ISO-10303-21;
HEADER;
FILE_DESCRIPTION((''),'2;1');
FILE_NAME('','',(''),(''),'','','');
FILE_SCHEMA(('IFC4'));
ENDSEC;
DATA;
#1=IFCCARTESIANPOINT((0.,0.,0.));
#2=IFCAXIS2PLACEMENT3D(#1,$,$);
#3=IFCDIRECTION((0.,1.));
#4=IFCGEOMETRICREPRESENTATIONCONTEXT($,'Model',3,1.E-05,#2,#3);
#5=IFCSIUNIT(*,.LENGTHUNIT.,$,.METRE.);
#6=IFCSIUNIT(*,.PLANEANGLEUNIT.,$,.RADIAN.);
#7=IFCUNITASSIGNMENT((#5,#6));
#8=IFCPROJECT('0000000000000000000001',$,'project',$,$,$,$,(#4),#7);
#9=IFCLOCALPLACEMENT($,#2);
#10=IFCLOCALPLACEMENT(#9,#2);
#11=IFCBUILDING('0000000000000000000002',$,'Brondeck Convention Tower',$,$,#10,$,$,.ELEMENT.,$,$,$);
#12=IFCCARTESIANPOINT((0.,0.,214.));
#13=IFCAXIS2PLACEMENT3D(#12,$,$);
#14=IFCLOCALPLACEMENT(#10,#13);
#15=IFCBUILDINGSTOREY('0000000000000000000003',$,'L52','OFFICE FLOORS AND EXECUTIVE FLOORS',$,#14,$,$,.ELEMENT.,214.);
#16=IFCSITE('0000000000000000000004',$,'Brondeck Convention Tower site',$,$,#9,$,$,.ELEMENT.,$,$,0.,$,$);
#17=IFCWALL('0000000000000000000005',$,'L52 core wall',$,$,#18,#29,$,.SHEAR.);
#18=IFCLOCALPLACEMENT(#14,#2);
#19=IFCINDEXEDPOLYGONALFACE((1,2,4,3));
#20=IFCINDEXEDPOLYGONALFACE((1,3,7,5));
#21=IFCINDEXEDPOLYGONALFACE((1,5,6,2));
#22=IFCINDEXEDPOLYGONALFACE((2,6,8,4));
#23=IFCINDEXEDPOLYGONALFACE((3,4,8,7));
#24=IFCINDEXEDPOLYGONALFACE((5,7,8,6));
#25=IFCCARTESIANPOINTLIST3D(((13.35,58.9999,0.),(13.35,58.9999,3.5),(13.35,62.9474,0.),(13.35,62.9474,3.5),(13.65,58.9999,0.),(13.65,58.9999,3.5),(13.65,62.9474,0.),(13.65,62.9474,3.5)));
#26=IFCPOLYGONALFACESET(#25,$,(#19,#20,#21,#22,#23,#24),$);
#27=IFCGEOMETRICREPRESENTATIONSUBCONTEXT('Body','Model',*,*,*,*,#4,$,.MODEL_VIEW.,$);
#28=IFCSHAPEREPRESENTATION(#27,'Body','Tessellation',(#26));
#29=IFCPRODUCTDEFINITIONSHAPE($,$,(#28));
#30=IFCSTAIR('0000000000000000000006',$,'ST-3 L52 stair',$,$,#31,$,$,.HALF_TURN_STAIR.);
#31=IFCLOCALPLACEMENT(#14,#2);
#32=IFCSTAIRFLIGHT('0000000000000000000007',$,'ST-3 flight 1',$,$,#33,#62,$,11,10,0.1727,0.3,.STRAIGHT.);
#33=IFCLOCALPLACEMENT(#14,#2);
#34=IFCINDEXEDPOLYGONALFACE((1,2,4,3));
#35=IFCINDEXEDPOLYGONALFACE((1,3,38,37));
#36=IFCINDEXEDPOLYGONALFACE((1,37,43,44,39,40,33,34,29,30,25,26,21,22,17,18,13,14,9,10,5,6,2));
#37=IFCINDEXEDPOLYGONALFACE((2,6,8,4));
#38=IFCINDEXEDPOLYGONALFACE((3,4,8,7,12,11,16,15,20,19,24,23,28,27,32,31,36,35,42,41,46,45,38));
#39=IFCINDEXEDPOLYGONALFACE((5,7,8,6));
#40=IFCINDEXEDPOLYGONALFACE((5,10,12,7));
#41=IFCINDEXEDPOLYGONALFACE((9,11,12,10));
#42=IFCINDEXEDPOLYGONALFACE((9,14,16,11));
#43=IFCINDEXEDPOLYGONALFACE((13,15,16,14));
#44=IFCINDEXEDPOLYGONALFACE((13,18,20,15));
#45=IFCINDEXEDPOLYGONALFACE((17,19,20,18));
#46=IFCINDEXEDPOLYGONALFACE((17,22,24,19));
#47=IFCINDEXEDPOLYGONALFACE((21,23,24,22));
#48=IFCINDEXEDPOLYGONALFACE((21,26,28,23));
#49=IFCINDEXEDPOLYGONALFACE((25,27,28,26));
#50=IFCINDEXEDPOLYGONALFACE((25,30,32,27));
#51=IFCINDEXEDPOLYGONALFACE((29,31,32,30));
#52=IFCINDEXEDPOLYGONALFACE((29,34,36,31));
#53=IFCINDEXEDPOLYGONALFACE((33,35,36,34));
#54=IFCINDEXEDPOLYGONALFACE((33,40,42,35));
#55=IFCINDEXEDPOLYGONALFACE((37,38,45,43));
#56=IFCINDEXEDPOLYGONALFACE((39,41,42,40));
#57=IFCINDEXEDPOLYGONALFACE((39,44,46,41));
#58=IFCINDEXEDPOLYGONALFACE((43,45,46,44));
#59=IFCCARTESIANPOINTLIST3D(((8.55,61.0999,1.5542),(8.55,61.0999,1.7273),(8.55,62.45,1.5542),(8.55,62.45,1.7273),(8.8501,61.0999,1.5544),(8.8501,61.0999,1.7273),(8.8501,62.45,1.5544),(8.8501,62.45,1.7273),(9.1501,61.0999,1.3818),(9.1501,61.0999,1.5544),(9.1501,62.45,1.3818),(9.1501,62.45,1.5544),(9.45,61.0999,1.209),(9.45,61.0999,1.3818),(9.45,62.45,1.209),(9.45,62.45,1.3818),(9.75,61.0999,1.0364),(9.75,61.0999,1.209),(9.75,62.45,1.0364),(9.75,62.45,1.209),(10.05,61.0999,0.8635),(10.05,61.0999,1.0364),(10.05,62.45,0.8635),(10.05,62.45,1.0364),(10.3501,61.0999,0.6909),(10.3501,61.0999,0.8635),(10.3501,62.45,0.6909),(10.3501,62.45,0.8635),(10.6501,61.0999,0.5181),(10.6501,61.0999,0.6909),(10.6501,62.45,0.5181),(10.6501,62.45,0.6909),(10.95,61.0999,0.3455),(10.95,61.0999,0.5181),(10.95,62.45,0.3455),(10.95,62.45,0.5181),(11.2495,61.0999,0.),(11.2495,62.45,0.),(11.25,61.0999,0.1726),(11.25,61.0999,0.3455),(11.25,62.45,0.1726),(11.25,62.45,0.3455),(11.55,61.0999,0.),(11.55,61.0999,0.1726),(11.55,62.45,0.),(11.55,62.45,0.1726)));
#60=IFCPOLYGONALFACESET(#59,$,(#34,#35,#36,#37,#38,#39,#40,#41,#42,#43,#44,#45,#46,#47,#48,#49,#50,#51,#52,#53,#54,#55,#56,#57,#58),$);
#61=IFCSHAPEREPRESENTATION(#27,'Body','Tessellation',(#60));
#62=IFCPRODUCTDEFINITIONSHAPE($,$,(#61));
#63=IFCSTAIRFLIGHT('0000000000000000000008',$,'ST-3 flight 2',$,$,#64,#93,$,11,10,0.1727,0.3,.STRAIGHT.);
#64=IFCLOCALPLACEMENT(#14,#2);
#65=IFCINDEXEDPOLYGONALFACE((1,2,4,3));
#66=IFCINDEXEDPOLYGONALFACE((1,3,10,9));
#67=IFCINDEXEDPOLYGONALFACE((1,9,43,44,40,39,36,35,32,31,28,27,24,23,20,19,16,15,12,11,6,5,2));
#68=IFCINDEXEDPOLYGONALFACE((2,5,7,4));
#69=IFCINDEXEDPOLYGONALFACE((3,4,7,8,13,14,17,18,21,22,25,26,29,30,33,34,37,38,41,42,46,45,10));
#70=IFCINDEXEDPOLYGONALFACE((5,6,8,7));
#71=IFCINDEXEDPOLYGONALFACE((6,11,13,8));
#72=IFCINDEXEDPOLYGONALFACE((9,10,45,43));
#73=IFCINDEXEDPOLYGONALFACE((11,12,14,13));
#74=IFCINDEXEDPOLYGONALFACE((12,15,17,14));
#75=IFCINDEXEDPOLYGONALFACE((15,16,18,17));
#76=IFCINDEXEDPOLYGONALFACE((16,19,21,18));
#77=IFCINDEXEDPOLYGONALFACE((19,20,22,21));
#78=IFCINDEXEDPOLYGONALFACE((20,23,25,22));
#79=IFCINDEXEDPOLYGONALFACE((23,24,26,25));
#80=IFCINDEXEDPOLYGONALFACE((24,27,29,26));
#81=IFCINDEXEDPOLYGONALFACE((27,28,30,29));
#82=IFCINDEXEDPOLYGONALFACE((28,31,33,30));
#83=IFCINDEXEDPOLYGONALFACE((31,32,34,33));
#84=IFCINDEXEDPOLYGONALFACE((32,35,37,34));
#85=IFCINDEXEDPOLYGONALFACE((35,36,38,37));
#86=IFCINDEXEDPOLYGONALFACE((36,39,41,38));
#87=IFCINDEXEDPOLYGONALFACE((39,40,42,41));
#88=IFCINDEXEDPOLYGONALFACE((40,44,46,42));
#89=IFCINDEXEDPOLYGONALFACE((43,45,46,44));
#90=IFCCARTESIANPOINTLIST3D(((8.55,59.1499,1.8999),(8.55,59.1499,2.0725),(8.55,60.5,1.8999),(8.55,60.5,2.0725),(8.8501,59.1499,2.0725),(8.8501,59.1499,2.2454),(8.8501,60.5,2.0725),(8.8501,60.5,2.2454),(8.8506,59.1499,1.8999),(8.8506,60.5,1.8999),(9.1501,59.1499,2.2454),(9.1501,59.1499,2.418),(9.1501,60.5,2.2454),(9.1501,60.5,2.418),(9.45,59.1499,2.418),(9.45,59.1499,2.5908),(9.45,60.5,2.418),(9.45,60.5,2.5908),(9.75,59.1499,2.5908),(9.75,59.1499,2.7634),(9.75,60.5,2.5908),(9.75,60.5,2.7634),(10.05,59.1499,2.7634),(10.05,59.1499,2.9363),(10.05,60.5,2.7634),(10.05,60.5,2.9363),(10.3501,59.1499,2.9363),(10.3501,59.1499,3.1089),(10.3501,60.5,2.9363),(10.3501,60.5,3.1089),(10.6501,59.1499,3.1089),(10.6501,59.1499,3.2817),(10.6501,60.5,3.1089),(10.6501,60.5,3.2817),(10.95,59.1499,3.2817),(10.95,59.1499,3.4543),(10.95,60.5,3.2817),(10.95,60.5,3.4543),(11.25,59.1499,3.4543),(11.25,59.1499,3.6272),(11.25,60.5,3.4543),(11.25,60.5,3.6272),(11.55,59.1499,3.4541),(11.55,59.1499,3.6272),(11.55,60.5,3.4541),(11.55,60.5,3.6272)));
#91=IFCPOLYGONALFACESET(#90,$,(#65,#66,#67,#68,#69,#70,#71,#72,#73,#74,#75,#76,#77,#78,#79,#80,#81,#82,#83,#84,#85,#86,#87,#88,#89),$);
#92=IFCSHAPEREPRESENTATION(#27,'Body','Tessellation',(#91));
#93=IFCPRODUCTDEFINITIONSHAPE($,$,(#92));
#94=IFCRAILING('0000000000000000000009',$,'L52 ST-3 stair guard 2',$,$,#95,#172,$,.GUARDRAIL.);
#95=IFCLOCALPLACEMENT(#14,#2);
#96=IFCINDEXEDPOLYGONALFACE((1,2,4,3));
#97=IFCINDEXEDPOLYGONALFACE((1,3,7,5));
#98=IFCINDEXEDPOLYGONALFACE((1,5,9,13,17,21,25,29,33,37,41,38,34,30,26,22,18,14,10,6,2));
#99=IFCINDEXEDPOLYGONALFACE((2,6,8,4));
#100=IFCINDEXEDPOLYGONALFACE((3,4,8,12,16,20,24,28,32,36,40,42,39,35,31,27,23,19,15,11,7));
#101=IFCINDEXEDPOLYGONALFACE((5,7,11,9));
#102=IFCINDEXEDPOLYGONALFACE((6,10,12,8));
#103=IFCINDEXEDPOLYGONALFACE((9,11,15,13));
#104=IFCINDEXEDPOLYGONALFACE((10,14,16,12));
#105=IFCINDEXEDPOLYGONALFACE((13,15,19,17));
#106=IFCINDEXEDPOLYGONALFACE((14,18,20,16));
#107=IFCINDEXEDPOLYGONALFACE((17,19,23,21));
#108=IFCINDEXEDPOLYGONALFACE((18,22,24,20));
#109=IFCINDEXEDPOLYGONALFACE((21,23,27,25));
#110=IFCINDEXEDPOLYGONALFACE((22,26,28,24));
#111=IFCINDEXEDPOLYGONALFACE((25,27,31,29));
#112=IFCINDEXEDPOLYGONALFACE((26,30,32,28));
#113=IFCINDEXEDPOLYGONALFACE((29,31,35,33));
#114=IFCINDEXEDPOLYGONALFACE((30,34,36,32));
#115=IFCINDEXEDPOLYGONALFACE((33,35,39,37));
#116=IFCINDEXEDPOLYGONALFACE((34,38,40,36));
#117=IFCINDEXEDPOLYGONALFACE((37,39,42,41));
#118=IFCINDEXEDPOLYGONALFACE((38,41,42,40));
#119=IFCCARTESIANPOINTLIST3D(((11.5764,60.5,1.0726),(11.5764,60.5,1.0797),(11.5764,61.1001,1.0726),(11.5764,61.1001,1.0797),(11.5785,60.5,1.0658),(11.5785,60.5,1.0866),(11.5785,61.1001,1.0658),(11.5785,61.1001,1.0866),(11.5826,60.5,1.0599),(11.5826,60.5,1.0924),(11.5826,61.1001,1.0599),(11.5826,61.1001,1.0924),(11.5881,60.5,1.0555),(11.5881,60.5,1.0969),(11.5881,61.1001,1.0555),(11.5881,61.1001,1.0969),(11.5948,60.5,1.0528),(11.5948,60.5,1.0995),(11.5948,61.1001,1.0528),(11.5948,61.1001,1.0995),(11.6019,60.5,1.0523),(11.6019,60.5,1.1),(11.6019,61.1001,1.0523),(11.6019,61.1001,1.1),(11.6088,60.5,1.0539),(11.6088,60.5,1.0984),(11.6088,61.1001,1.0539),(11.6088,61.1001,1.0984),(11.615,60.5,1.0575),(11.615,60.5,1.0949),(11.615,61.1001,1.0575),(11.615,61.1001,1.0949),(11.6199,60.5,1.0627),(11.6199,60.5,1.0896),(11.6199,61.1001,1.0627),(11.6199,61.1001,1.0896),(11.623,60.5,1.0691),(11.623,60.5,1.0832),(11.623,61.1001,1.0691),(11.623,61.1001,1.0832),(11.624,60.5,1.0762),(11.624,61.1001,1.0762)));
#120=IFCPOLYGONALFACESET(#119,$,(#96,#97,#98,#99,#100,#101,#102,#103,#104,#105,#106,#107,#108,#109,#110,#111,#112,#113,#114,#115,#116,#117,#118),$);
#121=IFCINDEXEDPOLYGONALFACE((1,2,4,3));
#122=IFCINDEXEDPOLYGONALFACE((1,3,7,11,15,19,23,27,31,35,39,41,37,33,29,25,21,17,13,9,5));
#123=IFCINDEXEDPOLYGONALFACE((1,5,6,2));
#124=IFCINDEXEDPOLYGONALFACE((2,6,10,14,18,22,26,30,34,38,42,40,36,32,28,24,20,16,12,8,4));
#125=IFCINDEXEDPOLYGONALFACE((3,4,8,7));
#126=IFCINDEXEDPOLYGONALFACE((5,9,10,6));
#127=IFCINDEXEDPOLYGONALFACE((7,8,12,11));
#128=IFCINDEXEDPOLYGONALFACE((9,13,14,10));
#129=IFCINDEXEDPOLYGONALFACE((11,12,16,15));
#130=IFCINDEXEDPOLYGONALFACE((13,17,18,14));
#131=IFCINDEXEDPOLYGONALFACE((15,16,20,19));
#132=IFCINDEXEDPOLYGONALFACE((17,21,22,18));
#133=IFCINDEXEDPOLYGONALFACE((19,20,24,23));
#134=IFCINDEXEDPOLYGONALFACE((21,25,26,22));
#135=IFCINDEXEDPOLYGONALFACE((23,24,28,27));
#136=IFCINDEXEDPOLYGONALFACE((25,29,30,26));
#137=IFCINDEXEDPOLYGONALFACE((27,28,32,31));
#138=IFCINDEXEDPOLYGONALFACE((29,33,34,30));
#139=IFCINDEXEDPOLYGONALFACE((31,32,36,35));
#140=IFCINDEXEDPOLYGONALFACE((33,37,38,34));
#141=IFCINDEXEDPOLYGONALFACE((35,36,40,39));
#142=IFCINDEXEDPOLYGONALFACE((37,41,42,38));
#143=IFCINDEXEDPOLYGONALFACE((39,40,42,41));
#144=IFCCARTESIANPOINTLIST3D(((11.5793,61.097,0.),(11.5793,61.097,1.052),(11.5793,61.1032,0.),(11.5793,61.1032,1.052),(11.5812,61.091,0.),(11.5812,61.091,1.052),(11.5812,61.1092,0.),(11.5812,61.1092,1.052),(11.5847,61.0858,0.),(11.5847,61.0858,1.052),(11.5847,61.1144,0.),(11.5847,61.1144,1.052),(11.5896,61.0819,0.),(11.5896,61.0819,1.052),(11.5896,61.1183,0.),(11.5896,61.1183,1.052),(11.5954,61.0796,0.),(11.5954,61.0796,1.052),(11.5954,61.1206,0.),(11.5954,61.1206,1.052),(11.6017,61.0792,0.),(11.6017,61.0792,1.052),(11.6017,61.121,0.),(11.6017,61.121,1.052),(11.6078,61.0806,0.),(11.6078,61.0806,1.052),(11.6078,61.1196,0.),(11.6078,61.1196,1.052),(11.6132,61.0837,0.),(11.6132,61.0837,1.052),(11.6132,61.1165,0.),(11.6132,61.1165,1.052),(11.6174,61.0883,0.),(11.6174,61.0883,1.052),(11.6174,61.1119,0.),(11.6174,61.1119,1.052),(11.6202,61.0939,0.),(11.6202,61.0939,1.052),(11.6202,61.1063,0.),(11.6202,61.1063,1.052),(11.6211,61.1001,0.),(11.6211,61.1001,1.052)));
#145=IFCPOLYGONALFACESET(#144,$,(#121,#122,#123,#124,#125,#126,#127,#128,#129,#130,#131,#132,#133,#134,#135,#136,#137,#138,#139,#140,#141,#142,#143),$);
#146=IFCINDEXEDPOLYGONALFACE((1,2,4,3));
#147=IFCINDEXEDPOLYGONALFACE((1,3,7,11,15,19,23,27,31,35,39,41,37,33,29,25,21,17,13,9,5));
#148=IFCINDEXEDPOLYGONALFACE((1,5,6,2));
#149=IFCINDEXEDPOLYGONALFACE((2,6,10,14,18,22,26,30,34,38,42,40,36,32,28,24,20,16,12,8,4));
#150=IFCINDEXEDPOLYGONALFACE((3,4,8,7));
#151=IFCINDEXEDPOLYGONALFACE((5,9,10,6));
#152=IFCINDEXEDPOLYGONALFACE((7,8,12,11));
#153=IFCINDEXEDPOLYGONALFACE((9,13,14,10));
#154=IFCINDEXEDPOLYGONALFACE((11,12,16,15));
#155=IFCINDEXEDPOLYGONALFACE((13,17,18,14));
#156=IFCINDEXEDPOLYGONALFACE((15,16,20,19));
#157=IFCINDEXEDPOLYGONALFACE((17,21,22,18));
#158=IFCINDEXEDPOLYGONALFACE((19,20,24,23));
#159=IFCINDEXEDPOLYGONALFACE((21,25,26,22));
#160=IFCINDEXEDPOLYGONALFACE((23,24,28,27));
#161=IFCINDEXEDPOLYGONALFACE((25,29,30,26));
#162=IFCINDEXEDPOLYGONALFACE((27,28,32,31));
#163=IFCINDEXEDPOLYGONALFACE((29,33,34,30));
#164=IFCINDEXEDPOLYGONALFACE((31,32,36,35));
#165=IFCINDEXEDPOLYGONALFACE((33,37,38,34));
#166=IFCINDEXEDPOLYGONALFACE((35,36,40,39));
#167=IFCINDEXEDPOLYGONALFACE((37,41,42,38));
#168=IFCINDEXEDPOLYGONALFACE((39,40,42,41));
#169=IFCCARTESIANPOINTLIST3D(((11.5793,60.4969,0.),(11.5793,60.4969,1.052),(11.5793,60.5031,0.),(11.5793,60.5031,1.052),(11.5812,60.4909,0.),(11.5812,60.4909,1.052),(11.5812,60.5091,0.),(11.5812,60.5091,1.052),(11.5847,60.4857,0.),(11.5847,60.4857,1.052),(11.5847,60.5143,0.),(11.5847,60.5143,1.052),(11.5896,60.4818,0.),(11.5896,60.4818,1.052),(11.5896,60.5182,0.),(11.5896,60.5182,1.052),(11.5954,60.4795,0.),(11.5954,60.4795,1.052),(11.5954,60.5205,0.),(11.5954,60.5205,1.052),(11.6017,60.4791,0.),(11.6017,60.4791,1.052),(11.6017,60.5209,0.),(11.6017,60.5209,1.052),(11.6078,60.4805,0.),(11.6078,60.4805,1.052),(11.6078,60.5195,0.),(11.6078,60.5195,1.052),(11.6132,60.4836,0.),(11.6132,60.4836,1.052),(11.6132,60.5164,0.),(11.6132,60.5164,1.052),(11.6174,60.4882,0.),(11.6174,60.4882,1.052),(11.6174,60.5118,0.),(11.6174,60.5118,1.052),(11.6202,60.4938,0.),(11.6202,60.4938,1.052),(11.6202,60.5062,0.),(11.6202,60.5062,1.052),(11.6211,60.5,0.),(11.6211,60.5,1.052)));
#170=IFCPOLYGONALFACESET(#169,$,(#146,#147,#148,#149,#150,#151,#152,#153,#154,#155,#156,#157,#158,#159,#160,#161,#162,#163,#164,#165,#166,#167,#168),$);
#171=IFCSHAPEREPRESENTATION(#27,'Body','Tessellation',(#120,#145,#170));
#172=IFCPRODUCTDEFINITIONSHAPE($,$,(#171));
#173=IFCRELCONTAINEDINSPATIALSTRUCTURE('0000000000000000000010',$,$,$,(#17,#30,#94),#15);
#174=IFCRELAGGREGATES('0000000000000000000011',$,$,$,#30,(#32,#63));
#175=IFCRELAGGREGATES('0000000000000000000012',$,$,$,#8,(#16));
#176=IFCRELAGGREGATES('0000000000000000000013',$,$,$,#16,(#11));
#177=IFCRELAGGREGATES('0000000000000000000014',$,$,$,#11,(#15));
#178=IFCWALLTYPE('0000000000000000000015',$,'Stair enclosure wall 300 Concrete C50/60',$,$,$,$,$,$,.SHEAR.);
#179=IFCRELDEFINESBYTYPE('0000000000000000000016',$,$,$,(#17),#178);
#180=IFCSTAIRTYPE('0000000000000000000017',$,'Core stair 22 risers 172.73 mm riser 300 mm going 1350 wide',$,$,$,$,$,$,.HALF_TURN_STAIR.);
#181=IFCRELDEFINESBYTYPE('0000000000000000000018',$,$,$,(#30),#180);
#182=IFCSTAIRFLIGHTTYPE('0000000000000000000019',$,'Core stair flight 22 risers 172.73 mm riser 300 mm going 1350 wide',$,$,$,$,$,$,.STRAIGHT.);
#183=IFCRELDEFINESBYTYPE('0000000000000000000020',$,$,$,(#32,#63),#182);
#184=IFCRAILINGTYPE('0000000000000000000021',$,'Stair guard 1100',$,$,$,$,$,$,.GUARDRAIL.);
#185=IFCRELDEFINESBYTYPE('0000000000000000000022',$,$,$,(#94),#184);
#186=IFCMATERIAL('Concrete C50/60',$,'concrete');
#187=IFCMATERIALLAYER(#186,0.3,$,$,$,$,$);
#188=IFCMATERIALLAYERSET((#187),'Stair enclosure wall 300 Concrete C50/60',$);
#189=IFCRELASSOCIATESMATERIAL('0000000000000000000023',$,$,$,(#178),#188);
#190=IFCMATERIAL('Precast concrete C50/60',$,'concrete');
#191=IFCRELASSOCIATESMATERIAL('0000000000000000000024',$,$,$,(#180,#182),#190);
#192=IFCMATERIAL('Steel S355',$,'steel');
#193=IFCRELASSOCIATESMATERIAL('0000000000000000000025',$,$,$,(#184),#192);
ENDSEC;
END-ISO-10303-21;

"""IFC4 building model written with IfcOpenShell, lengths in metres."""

from ifc_helpers import new_model, si_unit, direction, frame, frame_2d, origin, origin_2d, place, context, subcontext, project, spatial, polyline, rectangle, circle, outline, extrude, material, layer, layer_set, type_object, element, aggregate, save


model = new_model("IFC4")

# Units and contexts
model_context = context("Model", 3, precision=1e-05, world=origin(), true_north=direction((0.0, 1.0)))
body_context = subcontext(model_context, "Body", "Model", "MODEL_VIEW")
ifc_project = project(units=[si_unit("LENGTHUNIT", "METRE"), si_unit("PLANEANGLEUNIT", "RADIAN")], contexts=[model_context])

# Site, building, storey
site_placement = place(None, origin())
site = spatial("IfcSite", under=ifc_project, at=site_placement, Name="Brondeck Convention Tower site", CompositionType="ELEMENT", RefElevation=0.0)
building_placement = place(site_placement, origin())
building = spatial("IfcBuilding", under=site, at=building_placement, Name="Brondeck Convention Tower", CompositionType="ELEMENT")
storey_placement = place(building_placement, frame((0.0, 0.0, 214.0)))
storey = spatial("IfcBuildingStorey", under=building, at=storey_placement, Name="L52", Description="OFFICE FLOORS AND EXECUTIVE FLOORS", CompositionType="ELEMENT", Elevation=214.0)

# Shared definitions
ifc_material_1 = material(Name="Concrete C50/60", Category="concrete")

# Wall
ifc_layer_1 = layer(ifc_material_1, 0.3)
ifc_layer_set_1 = layer_set([ifc_layer_1], Name="Stair enclosure wall 300 Concrete C50/60")
wall_type_1 = type_object("IfcWallType", Name="Stair enclosure wall 300 Concrete C50/60", PredefinedType="SHEAR", material=ifc_layer_set_1)
wall_1_placement = place(storey_placement, frame((13.5, 59.0, 0.0), z_axis=(0.0, 0.0, 1.0), x_axis=(0.0, 1.0, 0.0)))
element("IfcWall", 1, at=wall_1_placement, inside=storey, type_object=wall_type_1, Name="L52 core wall", PredefinedType="SHEAR", context=body_context, shape_type="SweptSolid", body=[
    extrude(rectangle(XDim=3.9475, YDim=0.3, at=frame_2d((1.9736, 0.0))), origin(), (0.0, 0.0, 1.0), 3.5),
])

# Stair, stair flights
ifc_material_2 = material(Name="Precast concrete C50/60", Category="concrete")
stair_type = type_object("IfcStairType", Name="Core stair 22 risers 172.73 mm riser 300 mm going 1350 wide", PredefinedType="HALF_TURN_STAIR", material=ifc_material_2)
stair_placement = place(storey_placement, origin())
stair = element("IfcStair", 2, at=stair_placement, inside=storey, type_object=stair_type, Name="ST-3 L52 stair", PredefinedType="HALF_TURN_STAIR")
stair_flight_type = type_object("IfcStairFlightType", Name="Core stair flight 22 risers 172.73 mm riser 300 mm going 1350 wide", PredefinedType="STRAIGHT", material=ifc_material_2)
stair_flight_1_placement = place(storey_placement, frame((11.55, 61.7749, 0.0), z_axis=(0.0, 0.0, 1.0), x_axis=(-1.0, 0.0, 0.0)))
stair_flight_1 = element("IfcStairFlight", 3, at=stair_flight_1_placement, type_object=stair_flight_type, Name="ST-3 flight 1", NumberOfRisers=11, NumberOfTreads=10, PredefinedType="STRAIGHT", RiserHeight=0.1727, TreadLength=0.3, context=body_context, shape_type="SweptSolid", body=[
    extrude(outline(polyline([(0.0, 0.0), (0.0, 0.1726), (0.3, 0.1726), (0.3, 0.3455), (0.6001, 0.3455), (0.6001, 0.5181), (0.8999, 0.5181), (0.8999, 0.6909), (1.2, 0.6909), (1.2, 0.8635), (1.5, 0.8635), (1.5, 1.0364), (1.8, 1.0364), (1.8, 1.209), (2.1001, 1.209), (2.1001, 1.3818), (2.3999, 1.3818), (2.3999, 1.5544), (2.7, 1.5544), (2.7, 1.7273), (3.0, 1.7273), (3.0, 1.8999), (3.0, 1.5542), (0.3005, 0.0), (0.0, 0.0)])), frame((0.0, 0.675, 0.0), z_axis=(0.0, -1.0, 0.0), x_axis=(1.0, 0.0, 0.0)), (0.0, 0.0, 1.0), 1.3501),
])
stair_flight_2_placement = place(storey_placement, frame((8.55, 59.825, 1.8999), z_axis=(0.0, 0.0, 1.0), x_axis=(1.0, 0.0, 0.0)))
stair_flight_2 = element("IfcStairFlight", 4, at=stair_flight_2_placement, type_object=stair_flight_type, Name="ST-3 flight 2", NumberOfRisers=11, NumberOfTreads=10, PredefinedType="STRAIGHT", RiserHeight=0.1727, TreadLength=0.3, context=body_context, shape_type="SweptSolid", body=[
    extrude(outline(polyline([(0.0, 0.0), (0.0, 0.1726), (0.3, 0.1726), (0.3, 0.3455), (0.6001, 0.3455), (0.6001, 0.5181), (0.8999, 0.5181), (0.8999, 0.6909), (1.2, 0.6909), (1.2, 0.8635), (1.5, 0.8635), (1.5, 1.0364), (1.8, 1.0364), (1.8, 1.209), (2.1001, 1.209), (2.1001, 1.3818), (2.3999, 1.3818), (2.3999, 1.5544), (2.7, 1.5544), (2.7, 1.7273), (3.0, 1.7273), (3.0, 1.8999), (3.0, 1.5542), (0.3005, 0.0), (0.0, 0.0)])), frame((0.0, 0.675, 0.0), z_axis=(0.0, -1.0, 0.0), x_axis=(1.0, 0.0, 0.0)), (0.0, 0.0, 1.0), 1.3501),
])
aggregate(stair, [stair_flight_1, stair_flight_2])

# Railing
ifc_material_3 = material(Name="Steel S355", Category="steel")
railing_type_1 = type_object("IfcRailingType", Name="Stair guard 1100", PredefinedType="GUARDRAIL", material=ifc_material_3)
railing_1_placement = place(storey_placement, frame((11.6001, 61.1001, 0.0)))
element("IfcRailing", 5, at=railing_1_placement, inside=storey, type_object=railing_type_1, Name="L52 ST-3 stair guard 2", PredefinedType="GUARDRAIL", context=body_context, shape_type="SweptSolid", body=[
    extrude(circle(Radius=0.0239, at=origin_2d()), frame((0.0, 0.0, 1.0762), z_axis=(0.0, -1.0, 0.0), x_axis=(1.0, 0.0, 0.0)), (0.0, 0.0, 1.0), 0.6001),
    extrude(circle(Radius=0.021, at=origin_2d()), origin(), (0.0, 0.0, 1.0), 1.052),
    extrude(circle(Radius=0.021, at=origin_2d()), frame((0.0, -0.6001, 0.0)), (0.0, 0.0, 1.0), 1.052),
])

save(model, "model.ifc")
